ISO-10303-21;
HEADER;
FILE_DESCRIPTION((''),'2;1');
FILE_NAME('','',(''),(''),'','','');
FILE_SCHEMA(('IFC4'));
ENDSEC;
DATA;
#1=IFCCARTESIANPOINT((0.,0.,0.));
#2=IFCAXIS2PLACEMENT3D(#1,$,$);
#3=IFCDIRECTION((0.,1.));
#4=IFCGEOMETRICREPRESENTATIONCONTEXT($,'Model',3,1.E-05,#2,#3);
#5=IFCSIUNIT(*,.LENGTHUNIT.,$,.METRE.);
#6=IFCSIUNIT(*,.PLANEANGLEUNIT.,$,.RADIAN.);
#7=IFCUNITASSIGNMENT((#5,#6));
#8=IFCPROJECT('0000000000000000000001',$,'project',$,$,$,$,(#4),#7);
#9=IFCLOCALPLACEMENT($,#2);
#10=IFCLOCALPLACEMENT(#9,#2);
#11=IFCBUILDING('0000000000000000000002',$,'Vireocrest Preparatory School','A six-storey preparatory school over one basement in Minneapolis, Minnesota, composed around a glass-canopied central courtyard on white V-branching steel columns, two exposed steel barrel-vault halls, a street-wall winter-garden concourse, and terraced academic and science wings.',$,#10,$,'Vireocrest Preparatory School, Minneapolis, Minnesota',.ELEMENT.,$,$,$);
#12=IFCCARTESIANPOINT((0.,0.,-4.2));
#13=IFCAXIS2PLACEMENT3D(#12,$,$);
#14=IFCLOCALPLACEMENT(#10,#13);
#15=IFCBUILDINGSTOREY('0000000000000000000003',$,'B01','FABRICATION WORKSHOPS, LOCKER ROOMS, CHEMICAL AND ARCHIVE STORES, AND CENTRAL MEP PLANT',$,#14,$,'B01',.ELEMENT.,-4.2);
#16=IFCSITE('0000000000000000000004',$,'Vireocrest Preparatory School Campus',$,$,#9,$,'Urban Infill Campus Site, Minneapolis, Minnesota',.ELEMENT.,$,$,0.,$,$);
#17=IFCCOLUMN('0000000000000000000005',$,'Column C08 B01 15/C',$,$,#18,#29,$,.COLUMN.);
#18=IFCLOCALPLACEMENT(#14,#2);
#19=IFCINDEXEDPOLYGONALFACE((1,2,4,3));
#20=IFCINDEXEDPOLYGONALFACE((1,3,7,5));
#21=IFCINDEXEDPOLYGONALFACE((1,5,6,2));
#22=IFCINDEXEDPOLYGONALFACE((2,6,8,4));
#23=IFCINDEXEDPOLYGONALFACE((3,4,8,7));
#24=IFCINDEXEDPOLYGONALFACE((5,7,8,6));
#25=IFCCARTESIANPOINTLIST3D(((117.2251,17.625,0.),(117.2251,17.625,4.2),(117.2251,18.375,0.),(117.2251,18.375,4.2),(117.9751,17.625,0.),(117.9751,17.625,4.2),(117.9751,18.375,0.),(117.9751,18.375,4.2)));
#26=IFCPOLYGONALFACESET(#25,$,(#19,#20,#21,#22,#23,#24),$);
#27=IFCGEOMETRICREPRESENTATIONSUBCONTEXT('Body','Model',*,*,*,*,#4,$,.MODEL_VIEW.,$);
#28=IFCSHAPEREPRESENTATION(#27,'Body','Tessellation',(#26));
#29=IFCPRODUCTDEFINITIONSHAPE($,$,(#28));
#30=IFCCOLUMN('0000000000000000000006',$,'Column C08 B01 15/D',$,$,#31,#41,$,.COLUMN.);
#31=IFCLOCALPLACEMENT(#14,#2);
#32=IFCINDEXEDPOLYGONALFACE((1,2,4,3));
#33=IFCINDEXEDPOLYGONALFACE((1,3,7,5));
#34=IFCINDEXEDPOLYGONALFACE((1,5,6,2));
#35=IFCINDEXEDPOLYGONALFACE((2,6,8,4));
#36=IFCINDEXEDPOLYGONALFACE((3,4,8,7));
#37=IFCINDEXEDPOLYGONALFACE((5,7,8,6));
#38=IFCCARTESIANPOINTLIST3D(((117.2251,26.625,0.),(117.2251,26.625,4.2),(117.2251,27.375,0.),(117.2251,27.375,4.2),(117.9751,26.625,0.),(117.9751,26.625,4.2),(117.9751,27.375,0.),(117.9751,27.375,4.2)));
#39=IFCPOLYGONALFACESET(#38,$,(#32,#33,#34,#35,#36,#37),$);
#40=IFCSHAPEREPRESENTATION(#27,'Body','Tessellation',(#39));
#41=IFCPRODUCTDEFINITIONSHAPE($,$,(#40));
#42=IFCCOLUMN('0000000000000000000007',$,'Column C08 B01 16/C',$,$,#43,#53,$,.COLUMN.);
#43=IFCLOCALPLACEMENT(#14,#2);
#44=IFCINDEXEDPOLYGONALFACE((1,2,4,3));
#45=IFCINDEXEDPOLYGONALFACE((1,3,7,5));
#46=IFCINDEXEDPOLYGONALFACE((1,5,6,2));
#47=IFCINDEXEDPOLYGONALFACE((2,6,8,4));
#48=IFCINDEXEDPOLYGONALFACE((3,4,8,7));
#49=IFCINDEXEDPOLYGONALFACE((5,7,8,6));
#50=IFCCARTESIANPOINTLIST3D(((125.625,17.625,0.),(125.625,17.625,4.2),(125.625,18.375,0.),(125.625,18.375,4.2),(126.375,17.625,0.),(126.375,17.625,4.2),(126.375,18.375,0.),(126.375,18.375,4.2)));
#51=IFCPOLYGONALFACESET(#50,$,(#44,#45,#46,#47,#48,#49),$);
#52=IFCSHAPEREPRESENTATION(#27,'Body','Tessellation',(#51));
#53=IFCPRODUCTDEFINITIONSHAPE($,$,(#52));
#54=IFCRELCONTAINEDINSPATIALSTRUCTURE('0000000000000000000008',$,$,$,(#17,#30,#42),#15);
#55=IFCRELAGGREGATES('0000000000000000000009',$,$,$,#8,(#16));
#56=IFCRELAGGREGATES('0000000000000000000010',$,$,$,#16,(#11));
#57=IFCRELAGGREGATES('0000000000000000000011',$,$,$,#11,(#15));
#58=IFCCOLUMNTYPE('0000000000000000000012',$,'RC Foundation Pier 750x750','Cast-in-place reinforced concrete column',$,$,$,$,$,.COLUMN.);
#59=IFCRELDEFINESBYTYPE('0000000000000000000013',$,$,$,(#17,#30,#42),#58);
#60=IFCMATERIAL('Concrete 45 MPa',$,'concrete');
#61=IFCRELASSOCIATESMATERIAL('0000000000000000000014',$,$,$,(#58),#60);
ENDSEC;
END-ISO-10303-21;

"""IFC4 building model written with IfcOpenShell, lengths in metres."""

from ifc_helpers import new_model, si_unit, direction, frame, origin, origin_2d, place, context, subcontext, project, spatial, rectangle, extrude, material, material_profile, profile_set, type_object, element, save


model = new_model("IFC4")

# Units and contexts
model_context = context("Model", 3, precision=1e-05, world=origin(), true_north=direction((0.0, 1.0)))
body_context = subcontext(model_context, "Body", "Model", "MODEL_VIEW")
ifc_project = project(units=[si_unit("LENGTHUNIT", "METRE"), si_unit("PLANEANGLEUNIT", "RADIAN")], contexts=[model_context])

# Site, building, storey
site_placement = place(None, origin())
site = spatial("IfcSite", under=ifc_project, at=site_placement, Name="Vireocrest Preparatory School Campus", LongName="Urban Infill Campus Site, Minneapolis, Minnesota", CompositionType="ELEMENT", RefElevation=0.0)
building_placement = place(site_placement, origin())
building = spatial("IfcBuilding", under=site, at=building_placement, Name="Vireocrest Preparatory School", Description="A six-storey preparatory school over one basement in Minneapolis, Minnesota, composed around a glass-canopied central courtyard on white V-branching steel columns, two exposed steel barrel-vault halls, a street-wall winter-garden concourse, and terraced academic and science wings.", LongName="Vireocrest Preparatory School, Minneapolis, Minnesota", CompositionType="ELEMENT")
storey_placement = place(building_placement, frame((0.0, 0.0, -4.2)))
storey = spatial("IfcBuildingStorey", under=building, at=storey_placement, Name="B01", Description="FABRICATION WORKSHOPS, LOCKER ROOMS, CHEMICAL AND ARCHIVE STORES, AND CENTRAL MEP PLANT", LongName="B01", CompositionType="ELEMENT", Elevation=-4.2)

# Columns
ifc_material_1 = material(Name="Concrete 45 MPa", Category="concrete")
ifc_material_profile_1 = material_profile(ifc_material_1, rectangle(XDim=0.75, YDim=0.75, at=origin_2d()), Name="RC 750x750")
ifc_profile_set_1 = profile_set([ifc_material_profile_1], Name="Concrete 45 MPa")
column_type = type_object("IfcColumnType", Name="RC Foundation Pier 750x750", Description="Cast-in-place reinforced concrete column", PredefinedType="COLUMN", material=ifc_profile_set_1)
for number, where, z_axis, x_axis, name in (
    (1, (117.6001, 18.0, 0.0), (0.0, 0.0, 1.0), (1.0, 0.0, 0.0), "Column C08 B01 15/C"),
    (2, (117.6001, 27.0, 0.0), (0.0, 0.0, 1.0), (1.0, 0.0, 0.0), "Column C08 B01 15/D"),
    (3, (126.0, 18.0, 0.0), (0.0, 0.0, 1.0), (1.0, 0.0, 0.0), "Column C08 B01 16/C"),
):
    element("IfcColumn", number, at=place(storey_placement, frame(where, z_axis=z_axis, x_axis=x_axis)), inside=storey, type_object=column_type, Name=name, PredefinedType="COLUMN", context=body_context, shape_type="SweptSolid", body=[
        extrude(rectangle(XDim=0.75, YDim=0.75, at=origin_2d()), origin(), (0.0, 0.0, 1.0), 4.2),
    ])

save(model, "model.ifc")
